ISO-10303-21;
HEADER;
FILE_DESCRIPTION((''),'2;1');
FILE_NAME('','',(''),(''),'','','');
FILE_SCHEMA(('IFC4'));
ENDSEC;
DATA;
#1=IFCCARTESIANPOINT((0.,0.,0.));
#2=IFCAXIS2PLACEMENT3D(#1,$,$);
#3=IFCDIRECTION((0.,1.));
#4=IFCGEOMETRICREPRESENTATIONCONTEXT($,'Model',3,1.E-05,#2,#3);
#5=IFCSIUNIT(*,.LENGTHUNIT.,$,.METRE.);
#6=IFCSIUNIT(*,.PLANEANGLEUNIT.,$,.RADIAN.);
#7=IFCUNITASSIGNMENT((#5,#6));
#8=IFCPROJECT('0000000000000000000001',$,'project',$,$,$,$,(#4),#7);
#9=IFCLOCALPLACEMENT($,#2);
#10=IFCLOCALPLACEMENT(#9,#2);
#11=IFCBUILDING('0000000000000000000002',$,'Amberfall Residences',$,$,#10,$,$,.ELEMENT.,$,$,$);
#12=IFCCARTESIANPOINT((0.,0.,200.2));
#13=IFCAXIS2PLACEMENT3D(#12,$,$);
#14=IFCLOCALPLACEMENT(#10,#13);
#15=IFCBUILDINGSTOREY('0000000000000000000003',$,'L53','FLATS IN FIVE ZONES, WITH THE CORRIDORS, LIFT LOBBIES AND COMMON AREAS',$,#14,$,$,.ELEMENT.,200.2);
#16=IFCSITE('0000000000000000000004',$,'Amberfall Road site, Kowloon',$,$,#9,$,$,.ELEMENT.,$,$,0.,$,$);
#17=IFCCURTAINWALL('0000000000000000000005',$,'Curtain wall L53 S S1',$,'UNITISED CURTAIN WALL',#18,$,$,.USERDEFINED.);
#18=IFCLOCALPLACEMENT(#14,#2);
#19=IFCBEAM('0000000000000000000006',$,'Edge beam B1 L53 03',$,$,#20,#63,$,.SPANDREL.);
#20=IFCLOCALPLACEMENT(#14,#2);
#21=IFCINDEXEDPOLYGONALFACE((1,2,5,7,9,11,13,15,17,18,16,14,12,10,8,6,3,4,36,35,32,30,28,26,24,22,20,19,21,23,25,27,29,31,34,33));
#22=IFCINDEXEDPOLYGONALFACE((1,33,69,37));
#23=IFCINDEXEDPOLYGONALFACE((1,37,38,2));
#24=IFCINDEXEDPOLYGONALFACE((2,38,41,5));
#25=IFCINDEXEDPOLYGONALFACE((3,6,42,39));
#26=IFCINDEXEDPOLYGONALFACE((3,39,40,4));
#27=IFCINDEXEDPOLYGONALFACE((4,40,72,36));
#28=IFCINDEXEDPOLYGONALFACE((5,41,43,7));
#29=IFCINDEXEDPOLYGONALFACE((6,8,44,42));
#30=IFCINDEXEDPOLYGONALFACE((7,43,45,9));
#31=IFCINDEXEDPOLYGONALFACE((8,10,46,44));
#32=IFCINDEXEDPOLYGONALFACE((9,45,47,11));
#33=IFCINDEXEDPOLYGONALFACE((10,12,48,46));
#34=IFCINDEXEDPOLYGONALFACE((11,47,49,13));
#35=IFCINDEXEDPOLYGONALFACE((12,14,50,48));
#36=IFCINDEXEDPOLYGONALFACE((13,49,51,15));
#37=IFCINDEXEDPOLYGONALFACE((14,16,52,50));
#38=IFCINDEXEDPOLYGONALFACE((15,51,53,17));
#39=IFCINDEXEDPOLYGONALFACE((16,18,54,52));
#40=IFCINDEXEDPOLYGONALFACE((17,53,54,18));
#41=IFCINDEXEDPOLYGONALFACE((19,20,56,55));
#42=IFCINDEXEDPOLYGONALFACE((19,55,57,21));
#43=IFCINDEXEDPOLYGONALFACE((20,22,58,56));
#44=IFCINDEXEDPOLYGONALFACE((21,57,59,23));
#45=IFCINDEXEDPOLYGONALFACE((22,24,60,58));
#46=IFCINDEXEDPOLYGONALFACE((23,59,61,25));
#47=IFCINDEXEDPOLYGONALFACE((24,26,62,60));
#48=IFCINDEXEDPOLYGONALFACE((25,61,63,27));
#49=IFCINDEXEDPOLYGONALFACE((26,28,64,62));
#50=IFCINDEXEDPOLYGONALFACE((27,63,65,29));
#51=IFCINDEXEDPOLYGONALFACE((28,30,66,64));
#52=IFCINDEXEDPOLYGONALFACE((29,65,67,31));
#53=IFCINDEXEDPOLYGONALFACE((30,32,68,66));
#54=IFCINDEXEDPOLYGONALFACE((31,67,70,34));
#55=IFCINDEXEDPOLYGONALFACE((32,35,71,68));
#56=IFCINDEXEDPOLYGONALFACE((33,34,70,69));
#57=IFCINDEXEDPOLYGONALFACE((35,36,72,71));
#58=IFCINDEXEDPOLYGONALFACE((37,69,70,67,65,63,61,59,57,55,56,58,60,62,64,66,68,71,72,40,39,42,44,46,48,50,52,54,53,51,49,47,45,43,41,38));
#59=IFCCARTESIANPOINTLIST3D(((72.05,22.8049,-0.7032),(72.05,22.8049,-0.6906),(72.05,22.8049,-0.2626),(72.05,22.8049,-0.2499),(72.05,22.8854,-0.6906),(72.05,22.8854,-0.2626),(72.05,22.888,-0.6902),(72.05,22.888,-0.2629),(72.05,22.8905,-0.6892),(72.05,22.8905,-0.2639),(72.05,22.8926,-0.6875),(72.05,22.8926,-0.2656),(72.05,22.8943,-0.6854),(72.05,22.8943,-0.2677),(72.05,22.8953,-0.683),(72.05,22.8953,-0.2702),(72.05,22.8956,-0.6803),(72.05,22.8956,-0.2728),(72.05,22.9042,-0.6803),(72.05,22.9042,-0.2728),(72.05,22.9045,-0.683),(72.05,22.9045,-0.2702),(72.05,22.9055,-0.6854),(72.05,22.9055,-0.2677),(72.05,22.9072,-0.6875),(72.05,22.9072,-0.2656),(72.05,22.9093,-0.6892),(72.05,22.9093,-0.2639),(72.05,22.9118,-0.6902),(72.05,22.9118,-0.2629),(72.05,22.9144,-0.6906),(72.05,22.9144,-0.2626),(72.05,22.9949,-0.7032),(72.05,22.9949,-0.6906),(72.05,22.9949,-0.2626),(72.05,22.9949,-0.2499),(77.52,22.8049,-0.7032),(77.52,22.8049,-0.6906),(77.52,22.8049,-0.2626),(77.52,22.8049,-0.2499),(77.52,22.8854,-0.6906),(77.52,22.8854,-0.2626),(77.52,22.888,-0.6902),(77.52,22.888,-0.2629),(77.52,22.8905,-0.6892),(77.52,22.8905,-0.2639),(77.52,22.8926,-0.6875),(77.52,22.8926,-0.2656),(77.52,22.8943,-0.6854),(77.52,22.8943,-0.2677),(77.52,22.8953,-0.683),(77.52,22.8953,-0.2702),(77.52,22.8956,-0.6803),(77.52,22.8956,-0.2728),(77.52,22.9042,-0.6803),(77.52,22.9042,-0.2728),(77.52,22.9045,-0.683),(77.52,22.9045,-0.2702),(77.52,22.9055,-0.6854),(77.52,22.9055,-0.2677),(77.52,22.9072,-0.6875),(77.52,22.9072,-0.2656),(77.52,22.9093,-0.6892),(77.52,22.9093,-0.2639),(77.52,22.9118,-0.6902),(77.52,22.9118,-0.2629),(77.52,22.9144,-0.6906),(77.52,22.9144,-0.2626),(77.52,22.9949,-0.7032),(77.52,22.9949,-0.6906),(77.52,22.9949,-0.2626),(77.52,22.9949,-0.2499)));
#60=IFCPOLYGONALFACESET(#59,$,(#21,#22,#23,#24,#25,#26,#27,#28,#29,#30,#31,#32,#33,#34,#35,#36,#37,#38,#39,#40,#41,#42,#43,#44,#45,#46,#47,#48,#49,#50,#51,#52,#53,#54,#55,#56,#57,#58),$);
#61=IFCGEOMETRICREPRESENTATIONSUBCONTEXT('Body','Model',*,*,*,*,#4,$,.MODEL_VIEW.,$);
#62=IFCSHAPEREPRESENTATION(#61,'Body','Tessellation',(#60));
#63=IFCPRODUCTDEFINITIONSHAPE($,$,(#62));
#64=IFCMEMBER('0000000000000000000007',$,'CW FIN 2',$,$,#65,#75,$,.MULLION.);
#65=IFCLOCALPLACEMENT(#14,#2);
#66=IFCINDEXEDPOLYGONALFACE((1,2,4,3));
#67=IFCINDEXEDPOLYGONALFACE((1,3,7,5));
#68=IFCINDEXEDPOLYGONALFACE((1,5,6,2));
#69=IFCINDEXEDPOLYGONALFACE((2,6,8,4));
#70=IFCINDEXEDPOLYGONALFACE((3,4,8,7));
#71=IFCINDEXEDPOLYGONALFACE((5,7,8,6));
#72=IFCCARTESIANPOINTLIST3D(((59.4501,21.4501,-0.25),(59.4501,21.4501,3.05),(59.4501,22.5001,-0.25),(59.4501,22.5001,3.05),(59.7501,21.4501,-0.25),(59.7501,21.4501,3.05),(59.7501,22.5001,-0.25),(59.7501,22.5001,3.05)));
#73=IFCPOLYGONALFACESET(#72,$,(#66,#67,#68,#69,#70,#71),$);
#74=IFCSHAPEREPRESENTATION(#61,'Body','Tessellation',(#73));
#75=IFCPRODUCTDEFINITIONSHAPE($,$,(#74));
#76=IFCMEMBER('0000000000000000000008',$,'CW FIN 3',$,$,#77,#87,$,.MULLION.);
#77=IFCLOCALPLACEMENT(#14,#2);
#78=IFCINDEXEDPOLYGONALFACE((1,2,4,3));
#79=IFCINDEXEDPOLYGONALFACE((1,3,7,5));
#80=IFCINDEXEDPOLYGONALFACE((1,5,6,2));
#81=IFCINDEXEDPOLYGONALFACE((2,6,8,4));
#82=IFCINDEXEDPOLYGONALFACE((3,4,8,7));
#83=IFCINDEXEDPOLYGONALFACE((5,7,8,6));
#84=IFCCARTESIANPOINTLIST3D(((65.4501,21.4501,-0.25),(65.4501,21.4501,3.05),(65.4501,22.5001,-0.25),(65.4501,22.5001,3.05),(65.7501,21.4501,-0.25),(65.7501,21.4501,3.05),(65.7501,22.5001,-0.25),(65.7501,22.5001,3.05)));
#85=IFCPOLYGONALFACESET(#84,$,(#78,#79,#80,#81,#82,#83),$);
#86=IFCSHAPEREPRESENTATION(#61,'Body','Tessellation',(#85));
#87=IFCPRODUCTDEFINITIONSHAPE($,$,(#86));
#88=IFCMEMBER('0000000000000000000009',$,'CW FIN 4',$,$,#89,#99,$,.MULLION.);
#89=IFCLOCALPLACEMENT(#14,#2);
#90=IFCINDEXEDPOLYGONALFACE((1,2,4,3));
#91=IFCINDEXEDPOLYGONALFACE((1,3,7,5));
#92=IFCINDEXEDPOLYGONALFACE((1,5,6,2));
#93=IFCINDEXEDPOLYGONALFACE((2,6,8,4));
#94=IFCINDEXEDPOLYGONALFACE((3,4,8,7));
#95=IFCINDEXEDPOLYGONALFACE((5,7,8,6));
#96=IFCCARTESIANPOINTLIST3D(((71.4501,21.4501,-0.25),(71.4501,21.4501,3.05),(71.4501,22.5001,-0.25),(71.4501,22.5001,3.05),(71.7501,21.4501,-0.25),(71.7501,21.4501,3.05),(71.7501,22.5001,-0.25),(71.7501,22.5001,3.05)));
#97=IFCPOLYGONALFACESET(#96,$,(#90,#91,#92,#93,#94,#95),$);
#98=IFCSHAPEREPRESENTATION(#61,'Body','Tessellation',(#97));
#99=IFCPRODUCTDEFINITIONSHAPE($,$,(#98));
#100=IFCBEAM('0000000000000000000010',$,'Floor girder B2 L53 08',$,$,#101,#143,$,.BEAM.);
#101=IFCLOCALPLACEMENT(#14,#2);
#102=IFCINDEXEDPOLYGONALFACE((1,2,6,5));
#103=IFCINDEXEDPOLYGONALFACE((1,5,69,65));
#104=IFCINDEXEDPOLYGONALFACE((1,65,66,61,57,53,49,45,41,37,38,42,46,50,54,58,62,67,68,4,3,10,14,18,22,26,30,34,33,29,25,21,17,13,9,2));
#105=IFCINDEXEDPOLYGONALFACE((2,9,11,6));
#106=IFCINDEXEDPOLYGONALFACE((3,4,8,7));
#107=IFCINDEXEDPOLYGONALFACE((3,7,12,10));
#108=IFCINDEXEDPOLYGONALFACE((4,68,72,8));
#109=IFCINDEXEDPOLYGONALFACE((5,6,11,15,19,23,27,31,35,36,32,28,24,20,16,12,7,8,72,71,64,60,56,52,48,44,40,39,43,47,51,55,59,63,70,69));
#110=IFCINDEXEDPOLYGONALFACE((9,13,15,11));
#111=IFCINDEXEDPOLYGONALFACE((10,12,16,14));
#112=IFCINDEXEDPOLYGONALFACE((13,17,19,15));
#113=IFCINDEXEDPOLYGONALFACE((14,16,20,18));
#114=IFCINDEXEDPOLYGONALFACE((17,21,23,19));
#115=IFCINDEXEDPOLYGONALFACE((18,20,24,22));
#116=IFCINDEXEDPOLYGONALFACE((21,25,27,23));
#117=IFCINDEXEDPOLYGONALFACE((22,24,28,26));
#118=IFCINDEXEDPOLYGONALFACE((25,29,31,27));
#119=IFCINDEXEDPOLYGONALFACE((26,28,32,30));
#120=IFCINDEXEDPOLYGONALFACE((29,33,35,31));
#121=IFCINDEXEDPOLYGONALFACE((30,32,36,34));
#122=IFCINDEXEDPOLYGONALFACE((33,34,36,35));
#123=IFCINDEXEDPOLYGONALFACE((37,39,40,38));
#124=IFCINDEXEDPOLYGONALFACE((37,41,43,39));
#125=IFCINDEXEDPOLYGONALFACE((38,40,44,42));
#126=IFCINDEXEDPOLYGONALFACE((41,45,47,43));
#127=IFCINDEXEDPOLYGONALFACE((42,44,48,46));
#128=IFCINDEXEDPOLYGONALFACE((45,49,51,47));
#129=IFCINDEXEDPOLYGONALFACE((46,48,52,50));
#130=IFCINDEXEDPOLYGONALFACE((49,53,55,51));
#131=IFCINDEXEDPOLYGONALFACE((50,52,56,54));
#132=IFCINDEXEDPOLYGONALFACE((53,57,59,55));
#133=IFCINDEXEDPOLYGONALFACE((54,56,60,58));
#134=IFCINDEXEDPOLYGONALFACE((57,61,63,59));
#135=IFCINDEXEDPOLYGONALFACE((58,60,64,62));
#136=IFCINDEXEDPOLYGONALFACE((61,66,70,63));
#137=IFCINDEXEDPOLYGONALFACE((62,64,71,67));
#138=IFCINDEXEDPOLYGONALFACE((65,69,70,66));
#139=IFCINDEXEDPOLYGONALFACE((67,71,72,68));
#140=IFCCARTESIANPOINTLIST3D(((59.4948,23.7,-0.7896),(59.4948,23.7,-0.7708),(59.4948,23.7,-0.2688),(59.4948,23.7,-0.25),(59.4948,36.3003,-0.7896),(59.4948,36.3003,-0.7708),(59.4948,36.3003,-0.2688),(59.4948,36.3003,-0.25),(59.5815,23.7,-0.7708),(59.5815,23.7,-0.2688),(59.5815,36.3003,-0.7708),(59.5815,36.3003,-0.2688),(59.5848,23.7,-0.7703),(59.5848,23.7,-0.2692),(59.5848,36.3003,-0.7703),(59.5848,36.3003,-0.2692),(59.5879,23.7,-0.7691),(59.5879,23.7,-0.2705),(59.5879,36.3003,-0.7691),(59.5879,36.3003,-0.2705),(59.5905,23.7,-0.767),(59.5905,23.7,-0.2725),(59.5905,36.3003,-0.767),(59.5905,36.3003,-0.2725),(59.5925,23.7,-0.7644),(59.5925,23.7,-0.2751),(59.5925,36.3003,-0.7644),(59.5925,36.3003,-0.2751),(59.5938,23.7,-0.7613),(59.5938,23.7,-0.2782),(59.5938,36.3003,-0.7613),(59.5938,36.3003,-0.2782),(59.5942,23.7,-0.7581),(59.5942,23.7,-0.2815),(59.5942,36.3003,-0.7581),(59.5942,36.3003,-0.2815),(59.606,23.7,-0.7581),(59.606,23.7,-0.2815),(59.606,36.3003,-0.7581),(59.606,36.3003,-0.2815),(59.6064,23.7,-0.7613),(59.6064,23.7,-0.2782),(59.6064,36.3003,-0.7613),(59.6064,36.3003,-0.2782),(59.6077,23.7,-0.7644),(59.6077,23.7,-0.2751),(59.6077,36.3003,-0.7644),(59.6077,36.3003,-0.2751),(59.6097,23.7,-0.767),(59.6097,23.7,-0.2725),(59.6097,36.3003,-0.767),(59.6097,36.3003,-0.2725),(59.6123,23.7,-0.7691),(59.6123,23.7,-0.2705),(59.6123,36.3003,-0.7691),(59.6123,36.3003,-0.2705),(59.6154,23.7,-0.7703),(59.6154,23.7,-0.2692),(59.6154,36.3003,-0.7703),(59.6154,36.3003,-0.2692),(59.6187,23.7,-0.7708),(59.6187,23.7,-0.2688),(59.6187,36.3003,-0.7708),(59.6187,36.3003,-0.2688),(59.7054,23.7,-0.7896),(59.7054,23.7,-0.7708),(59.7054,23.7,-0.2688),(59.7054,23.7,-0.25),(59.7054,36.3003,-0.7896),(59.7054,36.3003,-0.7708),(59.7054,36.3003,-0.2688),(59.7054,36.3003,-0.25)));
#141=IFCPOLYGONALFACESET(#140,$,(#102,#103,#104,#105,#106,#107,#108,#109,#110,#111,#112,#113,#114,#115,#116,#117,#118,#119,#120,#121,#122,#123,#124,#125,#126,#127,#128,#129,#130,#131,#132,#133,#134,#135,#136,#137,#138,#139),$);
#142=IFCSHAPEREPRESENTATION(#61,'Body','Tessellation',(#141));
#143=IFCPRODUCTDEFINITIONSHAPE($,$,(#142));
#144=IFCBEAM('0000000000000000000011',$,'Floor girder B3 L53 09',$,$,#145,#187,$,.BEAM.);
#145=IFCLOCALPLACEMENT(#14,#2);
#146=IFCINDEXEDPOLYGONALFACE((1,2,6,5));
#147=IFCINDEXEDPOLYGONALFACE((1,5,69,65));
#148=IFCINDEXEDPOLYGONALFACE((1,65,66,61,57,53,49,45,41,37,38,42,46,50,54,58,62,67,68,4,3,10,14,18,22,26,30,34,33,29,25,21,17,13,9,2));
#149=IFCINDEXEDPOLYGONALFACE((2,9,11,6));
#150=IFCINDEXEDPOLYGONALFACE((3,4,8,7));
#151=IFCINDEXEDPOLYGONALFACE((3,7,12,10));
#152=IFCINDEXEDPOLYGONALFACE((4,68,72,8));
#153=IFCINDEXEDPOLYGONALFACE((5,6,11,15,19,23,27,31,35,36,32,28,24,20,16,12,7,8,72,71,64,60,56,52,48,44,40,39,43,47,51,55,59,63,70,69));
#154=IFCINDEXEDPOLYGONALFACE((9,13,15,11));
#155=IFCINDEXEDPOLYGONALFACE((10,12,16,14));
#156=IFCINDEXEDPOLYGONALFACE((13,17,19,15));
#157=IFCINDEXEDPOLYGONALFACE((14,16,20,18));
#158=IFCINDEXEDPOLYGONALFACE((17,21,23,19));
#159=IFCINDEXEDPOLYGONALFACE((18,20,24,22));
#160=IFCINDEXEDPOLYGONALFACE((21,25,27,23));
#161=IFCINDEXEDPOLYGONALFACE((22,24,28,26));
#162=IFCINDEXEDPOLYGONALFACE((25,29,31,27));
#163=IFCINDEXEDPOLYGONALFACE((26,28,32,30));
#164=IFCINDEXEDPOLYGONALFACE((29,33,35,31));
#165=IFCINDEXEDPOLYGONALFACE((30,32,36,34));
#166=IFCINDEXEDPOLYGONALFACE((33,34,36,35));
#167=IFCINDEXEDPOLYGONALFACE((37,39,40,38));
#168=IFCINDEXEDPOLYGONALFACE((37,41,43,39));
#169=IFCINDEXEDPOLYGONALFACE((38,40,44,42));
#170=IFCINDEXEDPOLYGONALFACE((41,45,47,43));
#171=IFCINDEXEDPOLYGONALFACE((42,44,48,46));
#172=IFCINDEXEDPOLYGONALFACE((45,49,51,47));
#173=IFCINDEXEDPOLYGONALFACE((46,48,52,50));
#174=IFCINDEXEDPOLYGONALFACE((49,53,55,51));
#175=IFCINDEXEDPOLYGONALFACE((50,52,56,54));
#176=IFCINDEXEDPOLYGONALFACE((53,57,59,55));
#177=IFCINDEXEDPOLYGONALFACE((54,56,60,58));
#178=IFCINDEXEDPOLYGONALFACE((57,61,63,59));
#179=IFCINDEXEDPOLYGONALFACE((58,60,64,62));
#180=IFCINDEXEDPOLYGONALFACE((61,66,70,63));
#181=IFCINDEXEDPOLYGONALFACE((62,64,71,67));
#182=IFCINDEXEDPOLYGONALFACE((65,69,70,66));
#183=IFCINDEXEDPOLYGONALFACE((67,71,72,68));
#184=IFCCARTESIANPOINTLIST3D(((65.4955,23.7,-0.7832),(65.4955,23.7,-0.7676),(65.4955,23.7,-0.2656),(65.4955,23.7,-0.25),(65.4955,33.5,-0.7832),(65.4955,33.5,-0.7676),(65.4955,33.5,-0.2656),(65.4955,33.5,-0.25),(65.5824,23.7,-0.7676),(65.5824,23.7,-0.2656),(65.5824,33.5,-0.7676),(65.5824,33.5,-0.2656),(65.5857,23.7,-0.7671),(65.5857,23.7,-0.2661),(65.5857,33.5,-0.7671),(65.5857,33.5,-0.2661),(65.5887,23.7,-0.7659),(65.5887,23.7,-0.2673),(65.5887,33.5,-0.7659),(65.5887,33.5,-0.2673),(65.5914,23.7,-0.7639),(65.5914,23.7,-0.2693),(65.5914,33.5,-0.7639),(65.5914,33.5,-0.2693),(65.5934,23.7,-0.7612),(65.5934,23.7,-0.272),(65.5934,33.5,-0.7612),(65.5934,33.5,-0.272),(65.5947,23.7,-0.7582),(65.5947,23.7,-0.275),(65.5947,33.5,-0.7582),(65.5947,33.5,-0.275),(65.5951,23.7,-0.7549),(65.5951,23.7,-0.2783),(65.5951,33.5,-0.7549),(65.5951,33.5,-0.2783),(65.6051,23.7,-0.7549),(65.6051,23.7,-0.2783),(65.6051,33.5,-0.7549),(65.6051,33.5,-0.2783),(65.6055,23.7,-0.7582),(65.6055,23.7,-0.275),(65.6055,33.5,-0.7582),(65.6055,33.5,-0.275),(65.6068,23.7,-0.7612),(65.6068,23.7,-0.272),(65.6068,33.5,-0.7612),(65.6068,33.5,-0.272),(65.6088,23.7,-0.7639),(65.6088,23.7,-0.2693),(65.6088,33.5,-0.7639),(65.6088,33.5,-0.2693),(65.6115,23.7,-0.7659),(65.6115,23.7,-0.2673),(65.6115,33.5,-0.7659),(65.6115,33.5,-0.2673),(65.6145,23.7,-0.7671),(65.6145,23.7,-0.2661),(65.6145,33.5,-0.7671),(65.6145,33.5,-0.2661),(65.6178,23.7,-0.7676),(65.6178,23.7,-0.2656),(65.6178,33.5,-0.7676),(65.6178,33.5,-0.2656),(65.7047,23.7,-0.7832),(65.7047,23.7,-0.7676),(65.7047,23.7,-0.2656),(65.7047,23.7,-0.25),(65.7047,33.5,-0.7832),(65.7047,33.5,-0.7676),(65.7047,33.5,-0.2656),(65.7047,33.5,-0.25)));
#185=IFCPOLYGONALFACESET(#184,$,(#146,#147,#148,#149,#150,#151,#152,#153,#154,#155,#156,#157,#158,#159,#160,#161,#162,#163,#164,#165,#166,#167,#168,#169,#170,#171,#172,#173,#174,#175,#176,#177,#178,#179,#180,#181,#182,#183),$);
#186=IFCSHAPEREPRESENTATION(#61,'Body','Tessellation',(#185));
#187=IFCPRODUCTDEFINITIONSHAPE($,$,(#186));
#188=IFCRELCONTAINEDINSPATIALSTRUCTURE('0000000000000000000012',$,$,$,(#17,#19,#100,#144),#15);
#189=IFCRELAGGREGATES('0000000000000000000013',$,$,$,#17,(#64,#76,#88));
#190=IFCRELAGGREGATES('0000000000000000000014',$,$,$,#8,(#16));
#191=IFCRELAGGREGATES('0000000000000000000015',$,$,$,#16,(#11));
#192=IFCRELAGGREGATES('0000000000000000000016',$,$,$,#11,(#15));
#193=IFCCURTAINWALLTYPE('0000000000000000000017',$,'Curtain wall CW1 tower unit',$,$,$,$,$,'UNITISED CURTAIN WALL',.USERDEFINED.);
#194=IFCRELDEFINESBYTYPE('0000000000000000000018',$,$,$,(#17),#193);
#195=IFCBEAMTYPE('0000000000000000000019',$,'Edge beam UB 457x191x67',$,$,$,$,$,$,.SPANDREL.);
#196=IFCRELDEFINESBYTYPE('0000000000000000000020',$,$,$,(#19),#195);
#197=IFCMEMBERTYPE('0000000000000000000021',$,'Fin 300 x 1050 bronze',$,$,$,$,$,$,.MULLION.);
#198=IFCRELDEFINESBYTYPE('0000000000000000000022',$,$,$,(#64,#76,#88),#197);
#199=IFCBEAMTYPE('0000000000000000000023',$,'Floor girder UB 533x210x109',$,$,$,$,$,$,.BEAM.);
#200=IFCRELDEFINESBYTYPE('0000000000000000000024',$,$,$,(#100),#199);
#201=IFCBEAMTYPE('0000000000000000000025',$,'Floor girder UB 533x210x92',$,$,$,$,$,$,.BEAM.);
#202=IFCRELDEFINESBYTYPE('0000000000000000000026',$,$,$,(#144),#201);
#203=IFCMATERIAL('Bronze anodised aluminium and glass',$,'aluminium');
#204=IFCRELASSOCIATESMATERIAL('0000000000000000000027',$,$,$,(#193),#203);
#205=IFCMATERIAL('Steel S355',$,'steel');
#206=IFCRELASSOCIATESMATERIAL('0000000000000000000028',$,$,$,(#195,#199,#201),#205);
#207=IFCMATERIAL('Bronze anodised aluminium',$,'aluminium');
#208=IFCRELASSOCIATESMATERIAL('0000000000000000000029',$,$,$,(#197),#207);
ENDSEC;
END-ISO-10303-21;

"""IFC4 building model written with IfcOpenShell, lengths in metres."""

from ifc_helpers import new_model, si_unit, direction, frame, origin, origin_2d, place, context, subcontext, project, spatial, rectangle, i_section, extrude, material, material_profile, profile_set, type_object, element, aggregate, save


model = new_model("IFC4")

# Units and contexts
model_context = context("Model", 3, precision=1e-05, world=origin(), true_north=direction((0.0, 1.0)))
body_context = subcontext(model_context, "Body", "Model", "MODEL_VIEW")
ifc_project = project(units=[si_unit("LENGTHUNIT", "METRE"), si_unit("PLANEANGLEUNIT", "RADIAN")], contexts=[model_context])

# Site, building, storey
site_placement = place(None, origin())
site = spatial("IfcSite", under=ifc_project, at=site_placement, Name="Amberfall Road site, Kowloon", CompositionType="ELEMENT", RefElevation=0.0)
building_placement = place(site_placement, origin())
building = spatial("IfcBuilding", under=site, at=building_placement, Name="Amberfall Residences", CompositionType="ELEMENT")
storey_placement = place(building_placement, frame((0.0, 0.0, 200.2)))
storey = spatial("IfcBuildingStorey", under=building, at=storey_placement, Name="L53", Description="FLATS IN FIVE ZONES, WITH THE CORRIDORS, LIFT LOBBIES AND COMMON AREAS", CompositionType="ELEMENT", Elevation=200.2)

# Curtain wall
ifc_material_1 = material(Name="Bronze anodised aluminium and glass", Category="aluminium")
curtain_wall_type = type_object("IfcCurtainWallType", Name="Curtain wall CW1 tower unit", ElementType="UNITISED CURTAIN WALL", PredefinedType="USERDEFINED", material=ifc_material_1)
curtain_wall_placement = place(storey_placement, origin())
curtain_wall = element("IfcCurtainWall", 1, at=curtain_wall_placement, inside=storey, type_object=curtain_wall_type, Name="Curtain wall L53 S S1", ObjectType="UNITISED CURTAIN WALL", PredefinedType="USERDEFINED")
ifc_material_2 = material(Name="Bronze anodised aluminium", Category="aluminium")

# Beam
ifc_material_3 = material(Name="Steel S355", Category="steel")
ifc_material_profile_1 = material_profile(ifc_material_3, i_section(OverallWidth=0.1899, OverallDepth=0.4534, WebThickness=0.0085, FlangeThickness=0.0127, FilletRadius=0.0103, at=origin_2d()), Name="UB 457x191x67")
ifc_profile_set_1 = profile_set([ifc_material_profile_1], Name="Steel S355")
beam_type_1 = type_object("IfcBeamType", Name="Edge beam UB 457x191x67", PredefinedType="SPANDREL", material=ifc_profile_set_1)
beam_1_placement = place(storey_placement, frame((72.05, 22.8999, -0.4766), z_axis=(1.0, 0.0, 0.0), x_axis=(0.0, 1.0, 0.0)))
element("IfcBeam", 2, at=beam_1_placement, inside=storey, type_object=beam_type_1, Name="Edge beam B1 L53 03", PredefinedType="SPANDREL", context=body_context, shape_type="SweptSolid", body=[
    extrude(i_section(OverallWidth=0.1899, OverallDepth=0.4534, WebThickness=0.0085, FlangeThickness=0.0127, FilletRadius=0.0103, at=origin_2d()), origin(), (0.0, 0.0, 1.0), 5.47),
])

# Members
ifc_material_profile_2 = material_profile(ifc_material_2, rectangle(XDim=1.05, YDim=0.3, at=origin_2d()), Name="Fin 300 x 1050 bronze")
ifc_profile_set_2 = profile_set([ifc_material_profile_2], Name="Bronze anodised aluminium")
member_type_1 = type_object("IfcMemberType", Name="Fin 300 x 1050 bronze", PredefinedType="MULLION", material=ifc_profile_set_2)
member_1_placement = place(storey_placement, frame((59.6001, 21.9751, -0.25), z_axis=(0.0, 0.0, 1.0), x_axis=(0.0, 1.0, 0.0)))
member_1 = element("IfcMember", 3, at=member_1_placement, type_object=member_type_1, Name="CW FIN 2", PredefinedType="MULLION", context=body_context, shape_type="SweptSolid", body=[
    extrude(rectangle(XDim=1.05, YDim=0.3, at=origin_2d()), origin(), (0.0, 0.0, 1.0), 3.3),
])
member_2_placement = place(storey_placement, frame((65.6001, 21.9751, -0.25), z_axis=(0.0, 0.0, 1.0), x_axis=(0.0, 1.0, 0.0)))
member_2 = element("IfcMember", 4, at=member_2_placement, type_object=member_type_1, Name="CW FIN 3", PredefinedType="MULLION", context=body_context, shape_type="SweptSolid", body=[
    extrude(rectangle(XDim=1.05, YDim=0.3, at=origin_2d()), origin(), (0.0, 0.0, 1.0), 3.3),
])
member_3_placement = place(storey_placement, frame((71.6001, 21.9751, -0.25), z_axis=(0.0, 0.0, 1.0), x_axis=(0.0, 1.0, 0.0)))
member_3 = element("IfcMember", 5, at=member_3_placement, type_object=member_type_1, Name="CW FIN 4", PredefinedType="MULLION", context=body_context, shape_type="SweptSolid", body=[
    extrude(rectangle(XDim=1.05, YDim=0.3, at=origin_2d()), origin(), (0.0, 0.0, 1.0), 3.3),
])

# Beams
ifc_material_profile_3 = material_profile(ifc_material_3, i_section(OverallWidth=0.2107, OverallDepth=0.5396, WebThickness=0.0117, FlangeThickness=0.0188, FilletRadius=0.0127, at=origin_2d()), Name="UB 533x210x109")
ifc_profile_set_3 = profile_set([ifc_material_profile_3], Name="Steel S355")
beam_type_2 = type_object("IfcBeamType", Name="Floor girder UB 533x210x109", PredefinedType="BEAM", material=ifc_profile_set_3)
beam_2_placement = place(storey_placement, frame((59.6001, 23.7, -0.5198), z_axis=(0.0, 1.0, 0.0), x_axis=(-1.0, 0.0, 0.0)))
element("IfcBeam", 6, at=beam_2_placement, inside=storey, type_object=beam_type_2, Name="Floor girder B2 L53 08", PredefinedType="BEAM", context=body_context, shape_type="SweptSolid", body=[
    extrude(i_section(OverallWidth=0.2107, OverallDepth=0.5396, WebThickness=0.0117, FlangeThickness=0.0188, FilletRadius=0.0127, at=origin_2d()), origin(), (0.0, 0.0, 1.0), 12.6003),
])
ifc_material_profile_4 = material_profile(ifc_material_3, i_section(OverallWidth=0.2092, OverallDepth=0.5332, WebThickness=0.01, FlangeThickness=0.0156, FilletRadius=0.0127, at=origin_2d()), Name="UB 533x210x92")
ifc_profile_set_4 = profile_set([ifc_material_profile_4], Name="Steel S355")
beam_type_3 = type_object("IfcBeamType", Name="Floor girder UB 533x210x92", PredefinedType="BEAM", material=ifc_profile_set_4)
for number, where, z_axis, x_axis, name in (
    (7, (65.6001, 23.7, -0.5166), (0.0, 1.0, 0.0), (-1.0, 0.0, 0.0), "Floor girder B3 L53 09"),
):
    element("IfcBeam", number, at=place(storey_placement, frame(where, z_axis=z_axis, x_axis=x_axis)), inside=storey, type_object=beam_type_3, Name=name, PredefinedType="BEAM", context=body_context, shape_type="SweptSolid", body=[
        extrude(i_section(OverallWidth=0.2092, OverallDepth=0.5332, WebThickness=0.01, FlangeThickness=0.0156, FilletRadius=0.0127, at=origin_2d()), origin(), (0.0, 0.0, 1.0), 9.8),
    ])

aggregate(curtain_wall, [member_1, member_2, member_3])

save(model, "model.ifc")
